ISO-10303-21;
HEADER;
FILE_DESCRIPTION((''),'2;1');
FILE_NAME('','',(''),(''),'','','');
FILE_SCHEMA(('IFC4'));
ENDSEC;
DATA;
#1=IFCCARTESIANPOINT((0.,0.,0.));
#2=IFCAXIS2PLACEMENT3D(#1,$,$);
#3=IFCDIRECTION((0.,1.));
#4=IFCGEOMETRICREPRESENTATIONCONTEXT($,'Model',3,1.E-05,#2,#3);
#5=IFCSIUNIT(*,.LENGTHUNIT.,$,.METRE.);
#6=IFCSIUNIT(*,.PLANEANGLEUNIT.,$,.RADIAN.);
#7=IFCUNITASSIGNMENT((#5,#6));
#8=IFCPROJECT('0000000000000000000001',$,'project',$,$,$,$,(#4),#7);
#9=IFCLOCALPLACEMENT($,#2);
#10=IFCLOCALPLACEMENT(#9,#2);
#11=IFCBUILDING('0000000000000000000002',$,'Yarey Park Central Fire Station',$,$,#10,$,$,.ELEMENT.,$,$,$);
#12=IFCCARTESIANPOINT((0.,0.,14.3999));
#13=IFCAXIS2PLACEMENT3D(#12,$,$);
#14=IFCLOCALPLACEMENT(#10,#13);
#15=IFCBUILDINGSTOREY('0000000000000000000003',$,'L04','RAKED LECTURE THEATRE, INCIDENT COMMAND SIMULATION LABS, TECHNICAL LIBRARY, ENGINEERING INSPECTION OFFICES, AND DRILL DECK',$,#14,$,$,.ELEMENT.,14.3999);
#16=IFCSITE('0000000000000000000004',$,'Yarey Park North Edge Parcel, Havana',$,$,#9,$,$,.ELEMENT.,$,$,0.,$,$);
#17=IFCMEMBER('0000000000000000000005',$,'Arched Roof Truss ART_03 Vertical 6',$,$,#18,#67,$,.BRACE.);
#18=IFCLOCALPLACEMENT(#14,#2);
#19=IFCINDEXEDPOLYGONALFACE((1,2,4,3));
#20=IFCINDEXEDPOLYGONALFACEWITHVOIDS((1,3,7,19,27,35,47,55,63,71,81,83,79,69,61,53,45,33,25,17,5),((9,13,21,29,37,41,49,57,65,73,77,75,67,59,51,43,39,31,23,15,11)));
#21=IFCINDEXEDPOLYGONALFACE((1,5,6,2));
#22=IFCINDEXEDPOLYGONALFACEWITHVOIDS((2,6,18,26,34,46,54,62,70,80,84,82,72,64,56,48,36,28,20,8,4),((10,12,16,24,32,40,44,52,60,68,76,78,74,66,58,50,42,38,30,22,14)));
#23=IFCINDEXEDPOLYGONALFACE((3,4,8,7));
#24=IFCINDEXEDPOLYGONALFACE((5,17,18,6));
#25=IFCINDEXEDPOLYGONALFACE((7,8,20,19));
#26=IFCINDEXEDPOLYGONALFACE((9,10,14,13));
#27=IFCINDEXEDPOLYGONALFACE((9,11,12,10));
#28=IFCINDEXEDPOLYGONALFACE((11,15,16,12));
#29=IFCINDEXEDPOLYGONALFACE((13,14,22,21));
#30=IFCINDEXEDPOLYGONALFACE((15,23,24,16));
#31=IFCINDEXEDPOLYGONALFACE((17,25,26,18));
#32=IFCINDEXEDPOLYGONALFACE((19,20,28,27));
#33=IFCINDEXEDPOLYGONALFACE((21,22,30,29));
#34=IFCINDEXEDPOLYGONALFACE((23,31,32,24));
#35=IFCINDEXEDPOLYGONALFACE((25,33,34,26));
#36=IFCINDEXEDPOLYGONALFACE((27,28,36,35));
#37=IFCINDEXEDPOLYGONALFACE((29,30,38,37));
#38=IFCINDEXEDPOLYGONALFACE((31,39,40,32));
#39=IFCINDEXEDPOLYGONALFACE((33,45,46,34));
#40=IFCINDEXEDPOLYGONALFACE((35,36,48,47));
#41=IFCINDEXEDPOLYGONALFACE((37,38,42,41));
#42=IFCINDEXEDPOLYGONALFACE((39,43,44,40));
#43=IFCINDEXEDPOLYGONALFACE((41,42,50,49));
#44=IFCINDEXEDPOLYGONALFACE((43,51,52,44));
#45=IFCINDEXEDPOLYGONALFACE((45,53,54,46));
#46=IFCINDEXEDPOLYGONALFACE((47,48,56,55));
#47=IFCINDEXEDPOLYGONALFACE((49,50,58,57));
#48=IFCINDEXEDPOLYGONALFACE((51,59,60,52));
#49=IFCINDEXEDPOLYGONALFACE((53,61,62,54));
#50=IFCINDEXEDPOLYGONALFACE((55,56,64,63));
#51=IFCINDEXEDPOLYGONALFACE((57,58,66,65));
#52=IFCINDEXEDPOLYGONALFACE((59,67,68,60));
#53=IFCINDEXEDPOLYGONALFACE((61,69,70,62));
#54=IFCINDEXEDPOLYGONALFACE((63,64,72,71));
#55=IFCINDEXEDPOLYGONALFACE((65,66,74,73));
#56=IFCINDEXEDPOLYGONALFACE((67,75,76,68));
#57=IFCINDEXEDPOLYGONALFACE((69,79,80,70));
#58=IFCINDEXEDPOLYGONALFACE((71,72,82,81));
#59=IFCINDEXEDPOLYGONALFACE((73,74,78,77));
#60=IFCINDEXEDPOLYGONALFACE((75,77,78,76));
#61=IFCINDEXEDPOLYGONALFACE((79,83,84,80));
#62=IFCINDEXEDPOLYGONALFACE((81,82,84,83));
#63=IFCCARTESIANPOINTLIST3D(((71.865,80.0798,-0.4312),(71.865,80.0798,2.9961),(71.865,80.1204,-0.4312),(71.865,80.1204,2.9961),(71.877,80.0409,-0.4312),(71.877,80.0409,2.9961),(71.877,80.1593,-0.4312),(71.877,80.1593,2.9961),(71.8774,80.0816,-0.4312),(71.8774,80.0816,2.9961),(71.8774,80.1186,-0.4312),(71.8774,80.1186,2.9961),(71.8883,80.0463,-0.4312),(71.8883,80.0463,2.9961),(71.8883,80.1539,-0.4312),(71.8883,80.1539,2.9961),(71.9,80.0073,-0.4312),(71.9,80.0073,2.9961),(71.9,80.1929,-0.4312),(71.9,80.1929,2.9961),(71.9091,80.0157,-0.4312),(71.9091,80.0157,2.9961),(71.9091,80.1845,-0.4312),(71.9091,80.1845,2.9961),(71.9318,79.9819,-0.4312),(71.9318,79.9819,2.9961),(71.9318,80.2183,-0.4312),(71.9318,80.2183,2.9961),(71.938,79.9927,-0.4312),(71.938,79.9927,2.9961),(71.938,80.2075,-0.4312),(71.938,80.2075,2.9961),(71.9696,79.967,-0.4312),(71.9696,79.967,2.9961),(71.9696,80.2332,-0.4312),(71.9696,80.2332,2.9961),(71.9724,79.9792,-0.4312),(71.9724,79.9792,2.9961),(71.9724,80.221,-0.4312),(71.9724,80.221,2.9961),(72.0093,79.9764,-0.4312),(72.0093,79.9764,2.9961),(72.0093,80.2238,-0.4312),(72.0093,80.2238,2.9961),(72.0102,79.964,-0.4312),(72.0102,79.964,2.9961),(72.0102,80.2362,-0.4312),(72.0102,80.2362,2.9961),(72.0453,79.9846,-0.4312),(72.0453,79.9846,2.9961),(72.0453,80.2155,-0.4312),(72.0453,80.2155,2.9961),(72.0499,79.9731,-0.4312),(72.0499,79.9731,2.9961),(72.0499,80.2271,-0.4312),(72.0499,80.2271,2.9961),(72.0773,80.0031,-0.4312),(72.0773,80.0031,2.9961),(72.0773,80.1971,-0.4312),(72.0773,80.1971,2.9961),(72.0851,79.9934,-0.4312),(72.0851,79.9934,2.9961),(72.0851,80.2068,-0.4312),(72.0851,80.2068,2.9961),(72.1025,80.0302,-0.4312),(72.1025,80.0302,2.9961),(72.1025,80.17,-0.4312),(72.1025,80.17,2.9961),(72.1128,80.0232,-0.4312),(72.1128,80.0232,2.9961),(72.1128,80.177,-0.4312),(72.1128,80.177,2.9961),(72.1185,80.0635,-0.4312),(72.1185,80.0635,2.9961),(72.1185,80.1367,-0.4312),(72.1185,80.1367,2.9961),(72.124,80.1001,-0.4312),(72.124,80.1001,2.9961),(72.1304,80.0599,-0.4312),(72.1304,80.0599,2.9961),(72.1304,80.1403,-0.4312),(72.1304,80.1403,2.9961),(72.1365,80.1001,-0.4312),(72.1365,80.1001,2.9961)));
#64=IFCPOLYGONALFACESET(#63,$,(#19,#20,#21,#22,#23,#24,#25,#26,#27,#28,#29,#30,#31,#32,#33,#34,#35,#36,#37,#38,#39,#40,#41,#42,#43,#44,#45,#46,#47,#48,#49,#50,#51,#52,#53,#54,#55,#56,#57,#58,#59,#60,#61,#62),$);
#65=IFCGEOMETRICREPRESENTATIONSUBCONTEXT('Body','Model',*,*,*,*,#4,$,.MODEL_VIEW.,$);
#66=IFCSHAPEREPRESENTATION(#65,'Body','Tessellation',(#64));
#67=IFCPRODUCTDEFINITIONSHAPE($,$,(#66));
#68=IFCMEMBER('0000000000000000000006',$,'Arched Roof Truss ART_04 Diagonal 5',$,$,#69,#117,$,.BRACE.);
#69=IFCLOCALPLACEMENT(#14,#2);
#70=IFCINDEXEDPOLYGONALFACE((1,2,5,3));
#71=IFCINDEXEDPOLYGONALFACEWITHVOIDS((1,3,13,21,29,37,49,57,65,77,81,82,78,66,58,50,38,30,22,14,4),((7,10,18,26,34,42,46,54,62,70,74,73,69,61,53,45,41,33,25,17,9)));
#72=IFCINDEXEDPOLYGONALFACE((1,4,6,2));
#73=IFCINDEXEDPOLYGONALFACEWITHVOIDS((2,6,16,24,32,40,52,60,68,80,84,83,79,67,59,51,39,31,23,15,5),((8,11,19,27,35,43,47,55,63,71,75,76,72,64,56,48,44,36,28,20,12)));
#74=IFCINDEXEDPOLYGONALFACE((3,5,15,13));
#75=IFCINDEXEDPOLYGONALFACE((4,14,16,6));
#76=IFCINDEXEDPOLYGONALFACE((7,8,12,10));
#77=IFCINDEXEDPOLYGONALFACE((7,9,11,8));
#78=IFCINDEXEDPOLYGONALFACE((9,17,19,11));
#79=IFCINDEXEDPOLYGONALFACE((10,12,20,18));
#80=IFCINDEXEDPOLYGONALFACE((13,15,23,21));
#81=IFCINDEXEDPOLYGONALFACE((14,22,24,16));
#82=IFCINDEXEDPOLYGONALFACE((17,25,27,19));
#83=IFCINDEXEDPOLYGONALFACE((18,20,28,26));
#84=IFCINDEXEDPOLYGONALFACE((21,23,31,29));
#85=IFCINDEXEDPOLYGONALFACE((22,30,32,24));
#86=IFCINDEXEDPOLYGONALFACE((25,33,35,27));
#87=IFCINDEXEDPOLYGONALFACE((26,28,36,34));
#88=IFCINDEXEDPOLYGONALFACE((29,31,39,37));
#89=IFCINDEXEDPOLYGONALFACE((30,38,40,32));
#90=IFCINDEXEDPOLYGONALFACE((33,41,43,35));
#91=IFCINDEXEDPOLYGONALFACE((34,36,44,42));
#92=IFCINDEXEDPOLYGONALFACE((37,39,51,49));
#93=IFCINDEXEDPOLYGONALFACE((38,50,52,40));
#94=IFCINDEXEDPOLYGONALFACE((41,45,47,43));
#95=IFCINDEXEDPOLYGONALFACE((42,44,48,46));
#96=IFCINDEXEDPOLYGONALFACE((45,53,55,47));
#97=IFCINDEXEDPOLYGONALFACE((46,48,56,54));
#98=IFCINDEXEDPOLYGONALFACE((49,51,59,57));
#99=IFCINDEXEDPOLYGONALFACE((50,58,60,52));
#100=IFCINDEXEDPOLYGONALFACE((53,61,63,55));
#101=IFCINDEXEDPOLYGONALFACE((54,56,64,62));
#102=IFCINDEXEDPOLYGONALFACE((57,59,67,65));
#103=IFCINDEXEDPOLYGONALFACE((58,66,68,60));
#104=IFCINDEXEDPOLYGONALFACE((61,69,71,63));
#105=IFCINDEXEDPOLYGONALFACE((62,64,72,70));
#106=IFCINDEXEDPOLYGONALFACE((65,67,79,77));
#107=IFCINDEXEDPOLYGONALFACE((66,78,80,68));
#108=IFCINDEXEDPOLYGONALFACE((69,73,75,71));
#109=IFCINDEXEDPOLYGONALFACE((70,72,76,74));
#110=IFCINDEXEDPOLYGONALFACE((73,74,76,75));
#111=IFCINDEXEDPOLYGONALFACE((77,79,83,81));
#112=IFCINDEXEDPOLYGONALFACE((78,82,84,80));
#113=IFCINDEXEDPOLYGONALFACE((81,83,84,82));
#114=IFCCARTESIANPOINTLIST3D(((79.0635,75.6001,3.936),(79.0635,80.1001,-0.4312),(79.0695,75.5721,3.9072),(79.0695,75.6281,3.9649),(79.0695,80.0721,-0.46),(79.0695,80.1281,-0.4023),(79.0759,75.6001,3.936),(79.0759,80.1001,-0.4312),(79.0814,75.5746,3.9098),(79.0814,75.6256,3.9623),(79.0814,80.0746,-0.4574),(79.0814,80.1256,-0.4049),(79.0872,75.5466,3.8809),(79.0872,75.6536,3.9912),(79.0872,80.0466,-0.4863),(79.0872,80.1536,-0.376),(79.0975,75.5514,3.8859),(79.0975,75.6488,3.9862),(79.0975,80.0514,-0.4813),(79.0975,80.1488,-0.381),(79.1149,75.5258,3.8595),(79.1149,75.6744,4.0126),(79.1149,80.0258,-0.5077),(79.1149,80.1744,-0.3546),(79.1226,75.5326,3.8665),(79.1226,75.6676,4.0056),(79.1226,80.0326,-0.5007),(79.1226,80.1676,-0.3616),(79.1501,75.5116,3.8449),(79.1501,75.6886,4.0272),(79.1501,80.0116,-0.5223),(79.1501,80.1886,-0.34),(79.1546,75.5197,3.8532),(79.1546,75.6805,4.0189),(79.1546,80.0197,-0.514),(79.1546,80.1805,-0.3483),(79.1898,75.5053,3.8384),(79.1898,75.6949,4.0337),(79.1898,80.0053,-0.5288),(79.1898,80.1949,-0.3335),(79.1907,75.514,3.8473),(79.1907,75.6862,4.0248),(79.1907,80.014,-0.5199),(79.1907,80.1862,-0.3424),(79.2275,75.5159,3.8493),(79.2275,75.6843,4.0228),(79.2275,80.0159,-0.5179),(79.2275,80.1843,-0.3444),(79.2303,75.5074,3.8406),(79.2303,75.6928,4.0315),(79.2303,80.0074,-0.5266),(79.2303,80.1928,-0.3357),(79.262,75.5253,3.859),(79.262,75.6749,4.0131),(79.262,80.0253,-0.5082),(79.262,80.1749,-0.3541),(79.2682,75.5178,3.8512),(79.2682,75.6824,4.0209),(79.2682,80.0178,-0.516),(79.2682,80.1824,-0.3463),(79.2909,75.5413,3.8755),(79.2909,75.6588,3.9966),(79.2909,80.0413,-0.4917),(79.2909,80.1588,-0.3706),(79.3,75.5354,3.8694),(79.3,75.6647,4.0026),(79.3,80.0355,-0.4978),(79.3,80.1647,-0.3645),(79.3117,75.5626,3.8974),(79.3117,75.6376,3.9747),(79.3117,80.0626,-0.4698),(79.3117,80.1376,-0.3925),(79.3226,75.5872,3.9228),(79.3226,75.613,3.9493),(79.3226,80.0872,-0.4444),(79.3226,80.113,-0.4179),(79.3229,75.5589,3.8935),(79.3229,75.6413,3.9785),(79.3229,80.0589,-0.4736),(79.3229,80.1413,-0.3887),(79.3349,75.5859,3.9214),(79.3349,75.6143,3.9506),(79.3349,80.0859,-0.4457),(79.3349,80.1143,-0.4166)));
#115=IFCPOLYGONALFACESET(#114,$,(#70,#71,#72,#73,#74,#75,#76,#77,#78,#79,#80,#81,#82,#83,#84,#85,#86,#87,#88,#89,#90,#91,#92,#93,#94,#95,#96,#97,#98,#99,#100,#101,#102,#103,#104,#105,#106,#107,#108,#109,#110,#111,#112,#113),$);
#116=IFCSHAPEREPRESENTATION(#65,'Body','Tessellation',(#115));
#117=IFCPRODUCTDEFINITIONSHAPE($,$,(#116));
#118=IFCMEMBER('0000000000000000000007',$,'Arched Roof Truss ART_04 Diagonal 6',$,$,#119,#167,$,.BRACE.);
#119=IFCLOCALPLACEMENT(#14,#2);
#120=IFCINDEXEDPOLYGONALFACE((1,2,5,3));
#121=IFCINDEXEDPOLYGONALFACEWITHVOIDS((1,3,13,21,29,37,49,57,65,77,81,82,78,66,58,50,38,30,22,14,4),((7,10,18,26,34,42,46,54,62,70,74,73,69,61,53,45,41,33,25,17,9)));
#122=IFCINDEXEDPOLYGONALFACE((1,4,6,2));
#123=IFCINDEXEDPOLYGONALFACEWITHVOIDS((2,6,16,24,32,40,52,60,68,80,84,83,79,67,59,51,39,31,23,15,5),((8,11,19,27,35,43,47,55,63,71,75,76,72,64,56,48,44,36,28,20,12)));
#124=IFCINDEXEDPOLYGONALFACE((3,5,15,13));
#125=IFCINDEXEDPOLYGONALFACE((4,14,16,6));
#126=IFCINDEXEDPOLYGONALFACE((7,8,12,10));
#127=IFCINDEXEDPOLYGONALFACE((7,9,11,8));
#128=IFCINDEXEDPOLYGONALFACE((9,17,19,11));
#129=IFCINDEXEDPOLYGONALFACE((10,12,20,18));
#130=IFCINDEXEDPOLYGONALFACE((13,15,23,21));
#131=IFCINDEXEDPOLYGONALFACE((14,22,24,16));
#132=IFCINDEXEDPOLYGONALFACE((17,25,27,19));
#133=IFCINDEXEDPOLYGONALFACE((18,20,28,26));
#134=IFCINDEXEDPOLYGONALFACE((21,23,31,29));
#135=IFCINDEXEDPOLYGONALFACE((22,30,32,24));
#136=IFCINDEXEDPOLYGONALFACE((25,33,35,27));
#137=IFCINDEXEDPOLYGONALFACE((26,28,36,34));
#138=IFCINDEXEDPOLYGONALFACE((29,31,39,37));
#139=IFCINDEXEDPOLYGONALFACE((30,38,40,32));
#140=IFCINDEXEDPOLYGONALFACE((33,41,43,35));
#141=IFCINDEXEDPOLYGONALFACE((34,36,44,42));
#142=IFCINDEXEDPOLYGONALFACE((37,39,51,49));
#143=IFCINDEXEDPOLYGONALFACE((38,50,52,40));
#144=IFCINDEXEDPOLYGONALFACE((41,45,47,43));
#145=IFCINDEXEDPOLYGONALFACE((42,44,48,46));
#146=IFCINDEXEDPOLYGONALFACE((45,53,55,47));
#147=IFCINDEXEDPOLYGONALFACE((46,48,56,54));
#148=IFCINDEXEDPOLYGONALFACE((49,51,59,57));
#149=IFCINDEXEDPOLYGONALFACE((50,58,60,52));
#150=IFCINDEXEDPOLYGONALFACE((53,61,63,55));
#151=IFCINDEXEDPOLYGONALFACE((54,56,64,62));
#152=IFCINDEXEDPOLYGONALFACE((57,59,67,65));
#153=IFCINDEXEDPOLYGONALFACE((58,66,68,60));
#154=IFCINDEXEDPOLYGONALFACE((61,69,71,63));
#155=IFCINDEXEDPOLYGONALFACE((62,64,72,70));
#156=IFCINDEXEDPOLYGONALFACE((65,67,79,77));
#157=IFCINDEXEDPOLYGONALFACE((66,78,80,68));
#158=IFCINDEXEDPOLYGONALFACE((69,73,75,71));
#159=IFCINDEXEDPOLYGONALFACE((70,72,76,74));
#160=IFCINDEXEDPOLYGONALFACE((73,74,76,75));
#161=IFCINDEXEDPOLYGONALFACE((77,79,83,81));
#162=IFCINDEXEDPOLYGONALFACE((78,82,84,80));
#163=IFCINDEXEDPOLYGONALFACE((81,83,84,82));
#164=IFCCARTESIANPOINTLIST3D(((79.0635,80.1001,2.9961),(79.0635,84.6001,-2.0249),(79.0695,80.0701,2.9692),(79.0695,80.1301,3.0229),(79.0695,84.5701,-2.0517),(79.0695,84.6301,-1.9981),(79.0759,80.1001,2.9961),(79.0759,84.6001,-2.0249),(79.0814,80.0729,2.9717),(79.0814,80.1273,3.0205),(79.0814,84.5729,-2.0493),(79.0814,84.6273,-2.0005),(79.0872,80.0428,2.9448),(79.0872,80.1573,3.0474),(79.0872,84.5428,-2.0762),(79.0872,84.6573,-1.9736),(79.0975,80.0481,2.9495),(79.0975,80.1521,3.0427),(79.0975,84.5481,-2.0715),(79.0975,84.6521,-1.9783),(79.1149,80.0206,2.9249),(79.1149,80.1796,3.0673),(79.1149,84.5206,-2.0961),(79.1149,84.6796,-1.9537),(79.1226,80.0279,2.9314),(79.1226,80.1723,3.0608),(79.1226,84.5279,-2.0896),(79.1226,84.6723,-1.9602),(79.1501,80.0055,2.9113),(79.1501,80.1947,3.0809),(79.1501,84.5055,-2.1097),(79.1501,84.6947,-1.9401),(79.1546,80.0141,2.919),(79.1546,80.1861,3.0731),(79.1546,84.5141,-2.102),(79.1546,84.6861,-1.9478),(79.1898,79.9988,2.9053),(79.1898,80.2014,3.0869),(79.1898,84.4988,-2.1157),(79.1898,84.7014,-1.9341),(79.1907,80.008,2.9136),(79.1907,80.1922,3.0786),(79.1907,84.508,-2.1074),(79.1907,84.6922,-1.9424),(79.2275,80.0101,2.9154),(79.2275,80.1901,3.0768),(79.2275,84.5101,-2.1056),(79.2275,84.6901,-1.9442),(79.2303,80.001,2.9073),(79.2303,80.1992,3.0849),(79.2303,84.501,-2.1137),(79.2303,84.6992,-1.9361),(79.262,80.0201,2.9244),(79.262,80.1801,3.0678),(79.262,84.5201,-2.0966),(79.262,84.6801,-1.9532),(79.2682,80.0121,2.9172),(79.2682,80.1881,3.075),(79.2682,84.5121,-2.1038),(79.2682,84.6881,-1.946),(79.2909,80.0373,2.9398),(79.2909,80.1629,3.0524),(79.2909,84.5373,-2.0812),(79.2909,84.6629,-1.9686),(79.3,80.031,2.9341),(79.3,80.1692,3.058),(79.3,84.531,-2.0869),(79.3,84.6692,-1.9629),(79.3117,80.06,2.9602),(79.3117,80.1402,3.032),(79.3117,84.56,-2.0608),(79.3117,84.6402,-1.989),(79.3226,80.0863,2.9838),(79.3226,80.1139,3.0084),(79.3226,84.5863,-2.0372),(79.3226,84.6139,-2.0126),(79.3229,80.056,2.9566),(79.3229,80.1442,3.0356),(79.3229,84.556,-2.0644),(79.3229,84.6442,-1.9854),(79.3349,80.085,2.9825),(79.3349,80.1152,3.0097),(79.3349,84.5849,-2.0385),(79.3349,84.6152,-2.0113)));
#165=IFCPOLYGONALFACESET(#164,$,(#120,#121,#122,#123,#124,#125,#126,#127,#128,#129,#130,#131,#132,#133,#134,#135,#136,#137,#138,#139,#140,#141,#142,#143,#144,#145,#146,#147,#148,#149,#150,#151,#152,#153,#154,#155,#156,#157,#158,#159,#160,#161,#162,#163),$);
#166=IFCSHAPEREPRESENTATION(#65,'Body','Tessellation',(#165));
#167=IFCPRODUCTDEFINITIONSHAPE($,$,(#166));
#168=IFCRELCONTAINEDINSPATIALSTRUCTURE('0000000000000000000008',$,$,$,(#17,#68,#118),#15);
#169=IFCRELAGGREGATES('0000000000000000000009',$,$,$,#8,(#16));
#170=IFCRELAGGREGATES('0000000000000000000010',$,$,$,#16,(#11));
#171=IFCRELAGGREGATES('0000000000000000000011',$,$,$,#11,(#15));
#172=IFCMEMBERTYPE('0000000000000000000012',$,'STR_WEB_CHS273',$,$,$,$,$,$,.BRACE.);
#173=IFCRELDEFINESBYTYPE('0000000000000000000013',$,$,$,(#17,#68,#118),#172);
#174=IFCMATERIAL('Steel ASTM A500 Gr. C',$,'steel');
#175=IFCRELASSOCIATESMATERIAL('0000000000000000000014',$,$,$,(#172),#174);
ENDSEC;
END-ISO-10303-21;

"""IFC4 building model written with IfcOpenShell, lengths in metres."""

from ifc_helpers import new_model, si_unit, direction, frame, origin, origin_2d, place, context, subcontext, project, spatial, hollow_circle, extrude, material, material_profile, profile_set, type_object, element, save


model = new_model("IFC4")

# Units and contexts
model_context = context("Model", 3, precision=1e-05, world=origin(), true_north=direction((0.0, 1.0)))
body_context = subcontext(model_context, "Body", "Model", "MODEL_VIEW")
ifc_project = project(units=[si_unit("LENGTHUNIT", "METRE"), si_unit("PLANEANGLEUNIT", "RADIAN")], contexts=[model_context])

# Site, building, storey
site_placement = place(None, origin())
site = spatial("IfcSite", under=ifc_project, at=site_placement, Name="Yarey Park North Edge Parcel, Havana", CompositionType="ELEMENT", RefElevation=0.0)
building_placement = place(site_placement, origin())
building = spatial("IfcBuilding", under=site, at=building_placement, Name="Yarey Park Central Fire Station", CompositionType="ELEMENT")
storey_placement = place(building_placement, frame((0.0, 0.0, 14.3999)))
storey = spatial("IfcBuildingStorey", under=building, at=storey_placement, Name="L04", Description="RAKED LECTURE THEATRE, INCIDENT COMMAND SIMULATION LABS, TECHNICAL LIBRARY, ENGINEERING INSPECTION OFFICES, AND DRILL DECK", CompositionType="ELEMENT", Elevation=14.3999)

# Members
ifc_material_1 = material(Name="Steel ASTM A500 Gr. C", Category="steel")
ifc_material_profile_1 = material_profile(ifc_material_1, hollow_circle(Radius=0.1365, WallThickness=0.0125, at=origin_2d()), Name="CHS 273x12.5")
ifc_profile_set_1 = profile_set([ifc_material_profile_1], Name="Steel ASTM A500 Gr. C")
member_type_1 = type_object("IfcMemberType", Name="STR_WEB_CHS273", PredefinedType="BRACE", material=ifc_profile_set_1)
member_1_placement = place(storey_placement, frame((72.0, 80.1001, -0.4312), z_axis=(0.0, 0.0, 1.0), x_axis=(1.0, 0.0, 0.0)))
element("IfcMember", 1, at=member_1_placement, inside=storey, type_object=member_type_1, Name="Arched Roof Truss ART_03 Vertical 6", PredefinedType="BRACE", context=body_context, shape_type="SweptSolid", body=[
    extrude(hollow_circle(Radius=0.1365, WallThickness=0.0125, at=origin_2d()), origin(), (0.0, 0.0, 1.0), 3.4272),
])
member_2_placement = place(storey_placement, frame((79.2, 75.6001, 3.936), z_axis=(0.0, 0.717617, -0.696438), x_axis=(-1.0, 0.0, 0.0)))
element("IfcMember", 2, at=member_2_placement, inside=storey, type_object=member_type_1, Name="Arched Roof Truss ART_04 Diagonal 5", PredefinedType="BRACE", context=body_context, shape_type="SweptSolid", body=[
    extrude(hollow_circle(Radius=0.1365, WallThickness=0.0125, at=origin_2d()), origin(), (0.0, 0.0, 1.0), 6.2708),
])
member_3_placement = place(storey_placement, frame((79.2, 80.1001, 2.9961), z_axis=(0.0, 0.667415, -0.744686), x_axis=(-1.0, 0.0, 0.0)))
element("IfcMember", 3, at=member_3_placement, inside=storey, type_object=member_type_1, Name="Arched Roof Truss ART_04 Diagonal 6", PredefinedType="BRACE", context=body_context, shape_type="SweptSolid", body=[
    extrude(hollow_circle(Radius=0.1365, WallThickness=0.0125, at=origin_2d()), origin(), (0.0, 0.0, 1.0), 6.7424),
])

save(model, "model.ifc")
